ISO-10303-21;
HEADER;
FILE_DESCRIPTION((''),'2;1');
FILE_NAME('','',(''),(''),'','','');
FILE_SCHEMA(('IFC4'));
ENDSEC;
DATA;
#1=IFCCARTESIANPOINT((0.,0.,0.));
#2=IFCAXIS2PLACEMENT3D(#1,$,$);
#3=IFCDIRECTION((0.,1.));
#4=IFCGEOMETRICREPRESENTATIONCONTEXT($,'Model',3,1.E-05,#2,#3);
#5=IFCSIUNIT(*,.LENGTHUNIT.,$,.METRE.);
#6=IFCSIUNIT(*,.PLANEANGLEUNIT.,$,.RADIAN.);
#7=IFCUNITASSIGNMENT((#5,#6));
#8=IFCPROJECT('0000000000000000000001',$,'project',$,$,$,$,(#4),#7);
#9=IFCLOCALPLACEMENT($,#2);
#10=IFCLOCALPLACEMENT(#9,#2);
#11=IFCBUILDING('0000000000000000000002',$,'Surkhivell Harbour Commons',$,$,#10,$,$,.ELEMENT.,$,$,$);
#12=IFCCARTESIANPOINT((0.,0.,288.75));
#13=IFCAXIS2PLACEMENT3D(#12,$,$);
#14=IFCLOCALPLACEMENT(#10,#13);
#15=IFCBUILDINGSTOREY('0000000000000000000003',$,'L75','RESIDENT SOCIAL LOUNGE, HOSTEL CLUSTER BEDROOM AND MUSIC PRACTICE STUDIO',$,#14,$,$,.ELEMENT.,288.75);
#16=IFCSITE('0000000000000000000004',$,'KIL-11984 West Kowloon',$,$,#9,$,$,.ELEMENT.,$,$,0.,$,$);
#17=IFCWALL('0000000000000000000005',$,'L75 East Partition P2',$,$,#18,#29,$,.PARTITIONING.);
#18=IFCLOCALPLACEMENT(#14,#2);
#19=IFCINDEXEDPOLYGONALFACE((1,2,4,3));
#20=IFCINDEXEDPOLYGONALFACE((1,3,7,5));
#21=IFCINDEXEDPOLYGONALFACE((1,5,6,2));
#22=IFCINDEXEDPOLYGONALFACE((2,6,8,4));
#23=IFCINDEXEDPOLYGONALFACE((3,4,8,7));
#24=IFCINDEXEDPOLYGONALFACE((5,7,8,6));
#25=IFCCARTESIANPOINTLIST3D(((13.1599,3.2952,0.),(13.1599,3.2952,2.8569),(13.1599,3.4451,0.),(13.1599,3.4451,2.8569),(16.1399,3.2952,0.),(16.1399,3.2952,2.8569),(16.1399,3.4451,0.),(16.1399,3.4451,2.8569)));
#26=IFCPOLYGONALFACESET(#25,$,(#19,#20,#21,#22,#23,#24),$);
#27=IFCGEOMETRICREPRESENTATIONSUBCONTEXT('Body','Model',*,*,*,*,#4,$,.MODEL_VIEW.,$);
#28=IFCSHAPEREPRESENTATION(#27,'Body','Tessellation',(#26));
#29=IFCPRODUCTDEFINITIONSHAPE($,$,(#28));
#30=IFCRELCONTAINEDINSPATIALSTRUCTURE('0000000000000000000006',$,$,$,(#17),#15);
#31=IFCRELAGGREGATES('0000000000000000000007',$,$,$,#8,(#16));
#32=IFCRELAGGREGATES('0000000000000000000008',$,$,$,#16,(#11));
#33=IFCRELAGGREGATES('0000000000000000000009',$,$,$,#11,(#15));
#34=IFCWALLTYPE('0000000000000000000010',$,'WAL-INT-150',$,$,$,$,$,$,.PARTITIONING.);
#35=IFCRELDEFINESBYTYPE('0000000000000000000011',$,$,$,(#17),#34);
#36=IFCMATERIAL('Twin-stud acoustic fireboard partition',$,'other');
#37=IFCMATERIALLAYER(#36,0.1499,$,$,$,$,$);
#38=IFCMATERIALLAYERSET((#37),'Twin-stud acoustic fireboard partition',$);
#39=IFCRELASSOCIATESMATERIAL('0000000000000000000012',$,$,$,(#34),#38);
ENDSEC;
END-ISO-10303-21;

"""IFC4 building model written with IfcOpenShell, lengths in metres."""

from ifc_helpers import new_model, si_unit, direction, frame, frame_2d, origin, place, context, subcontext, project, spatial, rectangle, extrude, material, layer, layer_set, type_object, element, save


model = new_model("IFC4")

# Units and contexts
model_context = context("Model", 3, precision=1e-05, world=origin(), true_north=direction((0.0, 1.0)))
body_context = subcontext(model_context, "Body", "Model", "MODEL_VIEW")
ifc_project = project(units=[si_unit("LENGTHUNIT", "METRE"), si_unit("PLANEANGLEUNIT", "RADIAN")], contexts=[model_context])

# Site, building, storey
site_placement = place(None, origin())
site = spatial("IfcSite", under=ifc_project, at=site_placement, Name="KIL-11984 West Kowloon", CompositionType="ELEMENT", RefElevation=0.0)
building_placement = place(site_placement, origin())
building = spatial("IfcBuilding", under=site, at=building_placement, Name="Surkhivell Harbour Commons", CompositionType="ELEMENT")
storey_placement = place(building_placement, frame((0.0, 0.0, 288.75)))
storey = spatial("IfcBuildingStorey", under=building, at=storey_placement, Name="L75", Description="RESIDENT SOCIAL LOUNGE, HOSTEL CLUSTER BEDROOM AND MUSIC PRACTICE STUDIO", CompositionType="ELEMENT", Elevation=288.75)

# Wall
ifc_material_1 = material(Name="Twin-stud acoustic fireboard partition", Category="other")
ifc_layer_1 = layer(ifc_material_1, 0.1499)
ifc_layer_set_1 = layer_set([ifc_layer_1], Name="Twin-stud acoustic fireboard partition")
wall_type_1 = type_object("IfcWallType", Name="WAL-INT-150", PredefinedType="PARTITIONING", material=ifc_layer_set_1)
wall_1_placement = place(storey_placement, frame((13.1599, 3.3701, 0.0), z_axis=(0.0, 0.0, 1.0), x_axis=(1.0, 0.0, 0.0)))
element("IfcWall", 1, at=wall_1_placement, inside=storey, type_object=wall_type_1, Name="L75 East Partition P2", PredefinedType="PARTITIONING", context=body_context, shape_type="SweptSolid", body=[
    extrude(rectangle(XDim=2.98, YDim=0.1499, at=frame_2d((1.49, 0.0))), origin(), (0.0, 0.0, 1.0), 2.8569),
])

save(model, "model.ifc")
